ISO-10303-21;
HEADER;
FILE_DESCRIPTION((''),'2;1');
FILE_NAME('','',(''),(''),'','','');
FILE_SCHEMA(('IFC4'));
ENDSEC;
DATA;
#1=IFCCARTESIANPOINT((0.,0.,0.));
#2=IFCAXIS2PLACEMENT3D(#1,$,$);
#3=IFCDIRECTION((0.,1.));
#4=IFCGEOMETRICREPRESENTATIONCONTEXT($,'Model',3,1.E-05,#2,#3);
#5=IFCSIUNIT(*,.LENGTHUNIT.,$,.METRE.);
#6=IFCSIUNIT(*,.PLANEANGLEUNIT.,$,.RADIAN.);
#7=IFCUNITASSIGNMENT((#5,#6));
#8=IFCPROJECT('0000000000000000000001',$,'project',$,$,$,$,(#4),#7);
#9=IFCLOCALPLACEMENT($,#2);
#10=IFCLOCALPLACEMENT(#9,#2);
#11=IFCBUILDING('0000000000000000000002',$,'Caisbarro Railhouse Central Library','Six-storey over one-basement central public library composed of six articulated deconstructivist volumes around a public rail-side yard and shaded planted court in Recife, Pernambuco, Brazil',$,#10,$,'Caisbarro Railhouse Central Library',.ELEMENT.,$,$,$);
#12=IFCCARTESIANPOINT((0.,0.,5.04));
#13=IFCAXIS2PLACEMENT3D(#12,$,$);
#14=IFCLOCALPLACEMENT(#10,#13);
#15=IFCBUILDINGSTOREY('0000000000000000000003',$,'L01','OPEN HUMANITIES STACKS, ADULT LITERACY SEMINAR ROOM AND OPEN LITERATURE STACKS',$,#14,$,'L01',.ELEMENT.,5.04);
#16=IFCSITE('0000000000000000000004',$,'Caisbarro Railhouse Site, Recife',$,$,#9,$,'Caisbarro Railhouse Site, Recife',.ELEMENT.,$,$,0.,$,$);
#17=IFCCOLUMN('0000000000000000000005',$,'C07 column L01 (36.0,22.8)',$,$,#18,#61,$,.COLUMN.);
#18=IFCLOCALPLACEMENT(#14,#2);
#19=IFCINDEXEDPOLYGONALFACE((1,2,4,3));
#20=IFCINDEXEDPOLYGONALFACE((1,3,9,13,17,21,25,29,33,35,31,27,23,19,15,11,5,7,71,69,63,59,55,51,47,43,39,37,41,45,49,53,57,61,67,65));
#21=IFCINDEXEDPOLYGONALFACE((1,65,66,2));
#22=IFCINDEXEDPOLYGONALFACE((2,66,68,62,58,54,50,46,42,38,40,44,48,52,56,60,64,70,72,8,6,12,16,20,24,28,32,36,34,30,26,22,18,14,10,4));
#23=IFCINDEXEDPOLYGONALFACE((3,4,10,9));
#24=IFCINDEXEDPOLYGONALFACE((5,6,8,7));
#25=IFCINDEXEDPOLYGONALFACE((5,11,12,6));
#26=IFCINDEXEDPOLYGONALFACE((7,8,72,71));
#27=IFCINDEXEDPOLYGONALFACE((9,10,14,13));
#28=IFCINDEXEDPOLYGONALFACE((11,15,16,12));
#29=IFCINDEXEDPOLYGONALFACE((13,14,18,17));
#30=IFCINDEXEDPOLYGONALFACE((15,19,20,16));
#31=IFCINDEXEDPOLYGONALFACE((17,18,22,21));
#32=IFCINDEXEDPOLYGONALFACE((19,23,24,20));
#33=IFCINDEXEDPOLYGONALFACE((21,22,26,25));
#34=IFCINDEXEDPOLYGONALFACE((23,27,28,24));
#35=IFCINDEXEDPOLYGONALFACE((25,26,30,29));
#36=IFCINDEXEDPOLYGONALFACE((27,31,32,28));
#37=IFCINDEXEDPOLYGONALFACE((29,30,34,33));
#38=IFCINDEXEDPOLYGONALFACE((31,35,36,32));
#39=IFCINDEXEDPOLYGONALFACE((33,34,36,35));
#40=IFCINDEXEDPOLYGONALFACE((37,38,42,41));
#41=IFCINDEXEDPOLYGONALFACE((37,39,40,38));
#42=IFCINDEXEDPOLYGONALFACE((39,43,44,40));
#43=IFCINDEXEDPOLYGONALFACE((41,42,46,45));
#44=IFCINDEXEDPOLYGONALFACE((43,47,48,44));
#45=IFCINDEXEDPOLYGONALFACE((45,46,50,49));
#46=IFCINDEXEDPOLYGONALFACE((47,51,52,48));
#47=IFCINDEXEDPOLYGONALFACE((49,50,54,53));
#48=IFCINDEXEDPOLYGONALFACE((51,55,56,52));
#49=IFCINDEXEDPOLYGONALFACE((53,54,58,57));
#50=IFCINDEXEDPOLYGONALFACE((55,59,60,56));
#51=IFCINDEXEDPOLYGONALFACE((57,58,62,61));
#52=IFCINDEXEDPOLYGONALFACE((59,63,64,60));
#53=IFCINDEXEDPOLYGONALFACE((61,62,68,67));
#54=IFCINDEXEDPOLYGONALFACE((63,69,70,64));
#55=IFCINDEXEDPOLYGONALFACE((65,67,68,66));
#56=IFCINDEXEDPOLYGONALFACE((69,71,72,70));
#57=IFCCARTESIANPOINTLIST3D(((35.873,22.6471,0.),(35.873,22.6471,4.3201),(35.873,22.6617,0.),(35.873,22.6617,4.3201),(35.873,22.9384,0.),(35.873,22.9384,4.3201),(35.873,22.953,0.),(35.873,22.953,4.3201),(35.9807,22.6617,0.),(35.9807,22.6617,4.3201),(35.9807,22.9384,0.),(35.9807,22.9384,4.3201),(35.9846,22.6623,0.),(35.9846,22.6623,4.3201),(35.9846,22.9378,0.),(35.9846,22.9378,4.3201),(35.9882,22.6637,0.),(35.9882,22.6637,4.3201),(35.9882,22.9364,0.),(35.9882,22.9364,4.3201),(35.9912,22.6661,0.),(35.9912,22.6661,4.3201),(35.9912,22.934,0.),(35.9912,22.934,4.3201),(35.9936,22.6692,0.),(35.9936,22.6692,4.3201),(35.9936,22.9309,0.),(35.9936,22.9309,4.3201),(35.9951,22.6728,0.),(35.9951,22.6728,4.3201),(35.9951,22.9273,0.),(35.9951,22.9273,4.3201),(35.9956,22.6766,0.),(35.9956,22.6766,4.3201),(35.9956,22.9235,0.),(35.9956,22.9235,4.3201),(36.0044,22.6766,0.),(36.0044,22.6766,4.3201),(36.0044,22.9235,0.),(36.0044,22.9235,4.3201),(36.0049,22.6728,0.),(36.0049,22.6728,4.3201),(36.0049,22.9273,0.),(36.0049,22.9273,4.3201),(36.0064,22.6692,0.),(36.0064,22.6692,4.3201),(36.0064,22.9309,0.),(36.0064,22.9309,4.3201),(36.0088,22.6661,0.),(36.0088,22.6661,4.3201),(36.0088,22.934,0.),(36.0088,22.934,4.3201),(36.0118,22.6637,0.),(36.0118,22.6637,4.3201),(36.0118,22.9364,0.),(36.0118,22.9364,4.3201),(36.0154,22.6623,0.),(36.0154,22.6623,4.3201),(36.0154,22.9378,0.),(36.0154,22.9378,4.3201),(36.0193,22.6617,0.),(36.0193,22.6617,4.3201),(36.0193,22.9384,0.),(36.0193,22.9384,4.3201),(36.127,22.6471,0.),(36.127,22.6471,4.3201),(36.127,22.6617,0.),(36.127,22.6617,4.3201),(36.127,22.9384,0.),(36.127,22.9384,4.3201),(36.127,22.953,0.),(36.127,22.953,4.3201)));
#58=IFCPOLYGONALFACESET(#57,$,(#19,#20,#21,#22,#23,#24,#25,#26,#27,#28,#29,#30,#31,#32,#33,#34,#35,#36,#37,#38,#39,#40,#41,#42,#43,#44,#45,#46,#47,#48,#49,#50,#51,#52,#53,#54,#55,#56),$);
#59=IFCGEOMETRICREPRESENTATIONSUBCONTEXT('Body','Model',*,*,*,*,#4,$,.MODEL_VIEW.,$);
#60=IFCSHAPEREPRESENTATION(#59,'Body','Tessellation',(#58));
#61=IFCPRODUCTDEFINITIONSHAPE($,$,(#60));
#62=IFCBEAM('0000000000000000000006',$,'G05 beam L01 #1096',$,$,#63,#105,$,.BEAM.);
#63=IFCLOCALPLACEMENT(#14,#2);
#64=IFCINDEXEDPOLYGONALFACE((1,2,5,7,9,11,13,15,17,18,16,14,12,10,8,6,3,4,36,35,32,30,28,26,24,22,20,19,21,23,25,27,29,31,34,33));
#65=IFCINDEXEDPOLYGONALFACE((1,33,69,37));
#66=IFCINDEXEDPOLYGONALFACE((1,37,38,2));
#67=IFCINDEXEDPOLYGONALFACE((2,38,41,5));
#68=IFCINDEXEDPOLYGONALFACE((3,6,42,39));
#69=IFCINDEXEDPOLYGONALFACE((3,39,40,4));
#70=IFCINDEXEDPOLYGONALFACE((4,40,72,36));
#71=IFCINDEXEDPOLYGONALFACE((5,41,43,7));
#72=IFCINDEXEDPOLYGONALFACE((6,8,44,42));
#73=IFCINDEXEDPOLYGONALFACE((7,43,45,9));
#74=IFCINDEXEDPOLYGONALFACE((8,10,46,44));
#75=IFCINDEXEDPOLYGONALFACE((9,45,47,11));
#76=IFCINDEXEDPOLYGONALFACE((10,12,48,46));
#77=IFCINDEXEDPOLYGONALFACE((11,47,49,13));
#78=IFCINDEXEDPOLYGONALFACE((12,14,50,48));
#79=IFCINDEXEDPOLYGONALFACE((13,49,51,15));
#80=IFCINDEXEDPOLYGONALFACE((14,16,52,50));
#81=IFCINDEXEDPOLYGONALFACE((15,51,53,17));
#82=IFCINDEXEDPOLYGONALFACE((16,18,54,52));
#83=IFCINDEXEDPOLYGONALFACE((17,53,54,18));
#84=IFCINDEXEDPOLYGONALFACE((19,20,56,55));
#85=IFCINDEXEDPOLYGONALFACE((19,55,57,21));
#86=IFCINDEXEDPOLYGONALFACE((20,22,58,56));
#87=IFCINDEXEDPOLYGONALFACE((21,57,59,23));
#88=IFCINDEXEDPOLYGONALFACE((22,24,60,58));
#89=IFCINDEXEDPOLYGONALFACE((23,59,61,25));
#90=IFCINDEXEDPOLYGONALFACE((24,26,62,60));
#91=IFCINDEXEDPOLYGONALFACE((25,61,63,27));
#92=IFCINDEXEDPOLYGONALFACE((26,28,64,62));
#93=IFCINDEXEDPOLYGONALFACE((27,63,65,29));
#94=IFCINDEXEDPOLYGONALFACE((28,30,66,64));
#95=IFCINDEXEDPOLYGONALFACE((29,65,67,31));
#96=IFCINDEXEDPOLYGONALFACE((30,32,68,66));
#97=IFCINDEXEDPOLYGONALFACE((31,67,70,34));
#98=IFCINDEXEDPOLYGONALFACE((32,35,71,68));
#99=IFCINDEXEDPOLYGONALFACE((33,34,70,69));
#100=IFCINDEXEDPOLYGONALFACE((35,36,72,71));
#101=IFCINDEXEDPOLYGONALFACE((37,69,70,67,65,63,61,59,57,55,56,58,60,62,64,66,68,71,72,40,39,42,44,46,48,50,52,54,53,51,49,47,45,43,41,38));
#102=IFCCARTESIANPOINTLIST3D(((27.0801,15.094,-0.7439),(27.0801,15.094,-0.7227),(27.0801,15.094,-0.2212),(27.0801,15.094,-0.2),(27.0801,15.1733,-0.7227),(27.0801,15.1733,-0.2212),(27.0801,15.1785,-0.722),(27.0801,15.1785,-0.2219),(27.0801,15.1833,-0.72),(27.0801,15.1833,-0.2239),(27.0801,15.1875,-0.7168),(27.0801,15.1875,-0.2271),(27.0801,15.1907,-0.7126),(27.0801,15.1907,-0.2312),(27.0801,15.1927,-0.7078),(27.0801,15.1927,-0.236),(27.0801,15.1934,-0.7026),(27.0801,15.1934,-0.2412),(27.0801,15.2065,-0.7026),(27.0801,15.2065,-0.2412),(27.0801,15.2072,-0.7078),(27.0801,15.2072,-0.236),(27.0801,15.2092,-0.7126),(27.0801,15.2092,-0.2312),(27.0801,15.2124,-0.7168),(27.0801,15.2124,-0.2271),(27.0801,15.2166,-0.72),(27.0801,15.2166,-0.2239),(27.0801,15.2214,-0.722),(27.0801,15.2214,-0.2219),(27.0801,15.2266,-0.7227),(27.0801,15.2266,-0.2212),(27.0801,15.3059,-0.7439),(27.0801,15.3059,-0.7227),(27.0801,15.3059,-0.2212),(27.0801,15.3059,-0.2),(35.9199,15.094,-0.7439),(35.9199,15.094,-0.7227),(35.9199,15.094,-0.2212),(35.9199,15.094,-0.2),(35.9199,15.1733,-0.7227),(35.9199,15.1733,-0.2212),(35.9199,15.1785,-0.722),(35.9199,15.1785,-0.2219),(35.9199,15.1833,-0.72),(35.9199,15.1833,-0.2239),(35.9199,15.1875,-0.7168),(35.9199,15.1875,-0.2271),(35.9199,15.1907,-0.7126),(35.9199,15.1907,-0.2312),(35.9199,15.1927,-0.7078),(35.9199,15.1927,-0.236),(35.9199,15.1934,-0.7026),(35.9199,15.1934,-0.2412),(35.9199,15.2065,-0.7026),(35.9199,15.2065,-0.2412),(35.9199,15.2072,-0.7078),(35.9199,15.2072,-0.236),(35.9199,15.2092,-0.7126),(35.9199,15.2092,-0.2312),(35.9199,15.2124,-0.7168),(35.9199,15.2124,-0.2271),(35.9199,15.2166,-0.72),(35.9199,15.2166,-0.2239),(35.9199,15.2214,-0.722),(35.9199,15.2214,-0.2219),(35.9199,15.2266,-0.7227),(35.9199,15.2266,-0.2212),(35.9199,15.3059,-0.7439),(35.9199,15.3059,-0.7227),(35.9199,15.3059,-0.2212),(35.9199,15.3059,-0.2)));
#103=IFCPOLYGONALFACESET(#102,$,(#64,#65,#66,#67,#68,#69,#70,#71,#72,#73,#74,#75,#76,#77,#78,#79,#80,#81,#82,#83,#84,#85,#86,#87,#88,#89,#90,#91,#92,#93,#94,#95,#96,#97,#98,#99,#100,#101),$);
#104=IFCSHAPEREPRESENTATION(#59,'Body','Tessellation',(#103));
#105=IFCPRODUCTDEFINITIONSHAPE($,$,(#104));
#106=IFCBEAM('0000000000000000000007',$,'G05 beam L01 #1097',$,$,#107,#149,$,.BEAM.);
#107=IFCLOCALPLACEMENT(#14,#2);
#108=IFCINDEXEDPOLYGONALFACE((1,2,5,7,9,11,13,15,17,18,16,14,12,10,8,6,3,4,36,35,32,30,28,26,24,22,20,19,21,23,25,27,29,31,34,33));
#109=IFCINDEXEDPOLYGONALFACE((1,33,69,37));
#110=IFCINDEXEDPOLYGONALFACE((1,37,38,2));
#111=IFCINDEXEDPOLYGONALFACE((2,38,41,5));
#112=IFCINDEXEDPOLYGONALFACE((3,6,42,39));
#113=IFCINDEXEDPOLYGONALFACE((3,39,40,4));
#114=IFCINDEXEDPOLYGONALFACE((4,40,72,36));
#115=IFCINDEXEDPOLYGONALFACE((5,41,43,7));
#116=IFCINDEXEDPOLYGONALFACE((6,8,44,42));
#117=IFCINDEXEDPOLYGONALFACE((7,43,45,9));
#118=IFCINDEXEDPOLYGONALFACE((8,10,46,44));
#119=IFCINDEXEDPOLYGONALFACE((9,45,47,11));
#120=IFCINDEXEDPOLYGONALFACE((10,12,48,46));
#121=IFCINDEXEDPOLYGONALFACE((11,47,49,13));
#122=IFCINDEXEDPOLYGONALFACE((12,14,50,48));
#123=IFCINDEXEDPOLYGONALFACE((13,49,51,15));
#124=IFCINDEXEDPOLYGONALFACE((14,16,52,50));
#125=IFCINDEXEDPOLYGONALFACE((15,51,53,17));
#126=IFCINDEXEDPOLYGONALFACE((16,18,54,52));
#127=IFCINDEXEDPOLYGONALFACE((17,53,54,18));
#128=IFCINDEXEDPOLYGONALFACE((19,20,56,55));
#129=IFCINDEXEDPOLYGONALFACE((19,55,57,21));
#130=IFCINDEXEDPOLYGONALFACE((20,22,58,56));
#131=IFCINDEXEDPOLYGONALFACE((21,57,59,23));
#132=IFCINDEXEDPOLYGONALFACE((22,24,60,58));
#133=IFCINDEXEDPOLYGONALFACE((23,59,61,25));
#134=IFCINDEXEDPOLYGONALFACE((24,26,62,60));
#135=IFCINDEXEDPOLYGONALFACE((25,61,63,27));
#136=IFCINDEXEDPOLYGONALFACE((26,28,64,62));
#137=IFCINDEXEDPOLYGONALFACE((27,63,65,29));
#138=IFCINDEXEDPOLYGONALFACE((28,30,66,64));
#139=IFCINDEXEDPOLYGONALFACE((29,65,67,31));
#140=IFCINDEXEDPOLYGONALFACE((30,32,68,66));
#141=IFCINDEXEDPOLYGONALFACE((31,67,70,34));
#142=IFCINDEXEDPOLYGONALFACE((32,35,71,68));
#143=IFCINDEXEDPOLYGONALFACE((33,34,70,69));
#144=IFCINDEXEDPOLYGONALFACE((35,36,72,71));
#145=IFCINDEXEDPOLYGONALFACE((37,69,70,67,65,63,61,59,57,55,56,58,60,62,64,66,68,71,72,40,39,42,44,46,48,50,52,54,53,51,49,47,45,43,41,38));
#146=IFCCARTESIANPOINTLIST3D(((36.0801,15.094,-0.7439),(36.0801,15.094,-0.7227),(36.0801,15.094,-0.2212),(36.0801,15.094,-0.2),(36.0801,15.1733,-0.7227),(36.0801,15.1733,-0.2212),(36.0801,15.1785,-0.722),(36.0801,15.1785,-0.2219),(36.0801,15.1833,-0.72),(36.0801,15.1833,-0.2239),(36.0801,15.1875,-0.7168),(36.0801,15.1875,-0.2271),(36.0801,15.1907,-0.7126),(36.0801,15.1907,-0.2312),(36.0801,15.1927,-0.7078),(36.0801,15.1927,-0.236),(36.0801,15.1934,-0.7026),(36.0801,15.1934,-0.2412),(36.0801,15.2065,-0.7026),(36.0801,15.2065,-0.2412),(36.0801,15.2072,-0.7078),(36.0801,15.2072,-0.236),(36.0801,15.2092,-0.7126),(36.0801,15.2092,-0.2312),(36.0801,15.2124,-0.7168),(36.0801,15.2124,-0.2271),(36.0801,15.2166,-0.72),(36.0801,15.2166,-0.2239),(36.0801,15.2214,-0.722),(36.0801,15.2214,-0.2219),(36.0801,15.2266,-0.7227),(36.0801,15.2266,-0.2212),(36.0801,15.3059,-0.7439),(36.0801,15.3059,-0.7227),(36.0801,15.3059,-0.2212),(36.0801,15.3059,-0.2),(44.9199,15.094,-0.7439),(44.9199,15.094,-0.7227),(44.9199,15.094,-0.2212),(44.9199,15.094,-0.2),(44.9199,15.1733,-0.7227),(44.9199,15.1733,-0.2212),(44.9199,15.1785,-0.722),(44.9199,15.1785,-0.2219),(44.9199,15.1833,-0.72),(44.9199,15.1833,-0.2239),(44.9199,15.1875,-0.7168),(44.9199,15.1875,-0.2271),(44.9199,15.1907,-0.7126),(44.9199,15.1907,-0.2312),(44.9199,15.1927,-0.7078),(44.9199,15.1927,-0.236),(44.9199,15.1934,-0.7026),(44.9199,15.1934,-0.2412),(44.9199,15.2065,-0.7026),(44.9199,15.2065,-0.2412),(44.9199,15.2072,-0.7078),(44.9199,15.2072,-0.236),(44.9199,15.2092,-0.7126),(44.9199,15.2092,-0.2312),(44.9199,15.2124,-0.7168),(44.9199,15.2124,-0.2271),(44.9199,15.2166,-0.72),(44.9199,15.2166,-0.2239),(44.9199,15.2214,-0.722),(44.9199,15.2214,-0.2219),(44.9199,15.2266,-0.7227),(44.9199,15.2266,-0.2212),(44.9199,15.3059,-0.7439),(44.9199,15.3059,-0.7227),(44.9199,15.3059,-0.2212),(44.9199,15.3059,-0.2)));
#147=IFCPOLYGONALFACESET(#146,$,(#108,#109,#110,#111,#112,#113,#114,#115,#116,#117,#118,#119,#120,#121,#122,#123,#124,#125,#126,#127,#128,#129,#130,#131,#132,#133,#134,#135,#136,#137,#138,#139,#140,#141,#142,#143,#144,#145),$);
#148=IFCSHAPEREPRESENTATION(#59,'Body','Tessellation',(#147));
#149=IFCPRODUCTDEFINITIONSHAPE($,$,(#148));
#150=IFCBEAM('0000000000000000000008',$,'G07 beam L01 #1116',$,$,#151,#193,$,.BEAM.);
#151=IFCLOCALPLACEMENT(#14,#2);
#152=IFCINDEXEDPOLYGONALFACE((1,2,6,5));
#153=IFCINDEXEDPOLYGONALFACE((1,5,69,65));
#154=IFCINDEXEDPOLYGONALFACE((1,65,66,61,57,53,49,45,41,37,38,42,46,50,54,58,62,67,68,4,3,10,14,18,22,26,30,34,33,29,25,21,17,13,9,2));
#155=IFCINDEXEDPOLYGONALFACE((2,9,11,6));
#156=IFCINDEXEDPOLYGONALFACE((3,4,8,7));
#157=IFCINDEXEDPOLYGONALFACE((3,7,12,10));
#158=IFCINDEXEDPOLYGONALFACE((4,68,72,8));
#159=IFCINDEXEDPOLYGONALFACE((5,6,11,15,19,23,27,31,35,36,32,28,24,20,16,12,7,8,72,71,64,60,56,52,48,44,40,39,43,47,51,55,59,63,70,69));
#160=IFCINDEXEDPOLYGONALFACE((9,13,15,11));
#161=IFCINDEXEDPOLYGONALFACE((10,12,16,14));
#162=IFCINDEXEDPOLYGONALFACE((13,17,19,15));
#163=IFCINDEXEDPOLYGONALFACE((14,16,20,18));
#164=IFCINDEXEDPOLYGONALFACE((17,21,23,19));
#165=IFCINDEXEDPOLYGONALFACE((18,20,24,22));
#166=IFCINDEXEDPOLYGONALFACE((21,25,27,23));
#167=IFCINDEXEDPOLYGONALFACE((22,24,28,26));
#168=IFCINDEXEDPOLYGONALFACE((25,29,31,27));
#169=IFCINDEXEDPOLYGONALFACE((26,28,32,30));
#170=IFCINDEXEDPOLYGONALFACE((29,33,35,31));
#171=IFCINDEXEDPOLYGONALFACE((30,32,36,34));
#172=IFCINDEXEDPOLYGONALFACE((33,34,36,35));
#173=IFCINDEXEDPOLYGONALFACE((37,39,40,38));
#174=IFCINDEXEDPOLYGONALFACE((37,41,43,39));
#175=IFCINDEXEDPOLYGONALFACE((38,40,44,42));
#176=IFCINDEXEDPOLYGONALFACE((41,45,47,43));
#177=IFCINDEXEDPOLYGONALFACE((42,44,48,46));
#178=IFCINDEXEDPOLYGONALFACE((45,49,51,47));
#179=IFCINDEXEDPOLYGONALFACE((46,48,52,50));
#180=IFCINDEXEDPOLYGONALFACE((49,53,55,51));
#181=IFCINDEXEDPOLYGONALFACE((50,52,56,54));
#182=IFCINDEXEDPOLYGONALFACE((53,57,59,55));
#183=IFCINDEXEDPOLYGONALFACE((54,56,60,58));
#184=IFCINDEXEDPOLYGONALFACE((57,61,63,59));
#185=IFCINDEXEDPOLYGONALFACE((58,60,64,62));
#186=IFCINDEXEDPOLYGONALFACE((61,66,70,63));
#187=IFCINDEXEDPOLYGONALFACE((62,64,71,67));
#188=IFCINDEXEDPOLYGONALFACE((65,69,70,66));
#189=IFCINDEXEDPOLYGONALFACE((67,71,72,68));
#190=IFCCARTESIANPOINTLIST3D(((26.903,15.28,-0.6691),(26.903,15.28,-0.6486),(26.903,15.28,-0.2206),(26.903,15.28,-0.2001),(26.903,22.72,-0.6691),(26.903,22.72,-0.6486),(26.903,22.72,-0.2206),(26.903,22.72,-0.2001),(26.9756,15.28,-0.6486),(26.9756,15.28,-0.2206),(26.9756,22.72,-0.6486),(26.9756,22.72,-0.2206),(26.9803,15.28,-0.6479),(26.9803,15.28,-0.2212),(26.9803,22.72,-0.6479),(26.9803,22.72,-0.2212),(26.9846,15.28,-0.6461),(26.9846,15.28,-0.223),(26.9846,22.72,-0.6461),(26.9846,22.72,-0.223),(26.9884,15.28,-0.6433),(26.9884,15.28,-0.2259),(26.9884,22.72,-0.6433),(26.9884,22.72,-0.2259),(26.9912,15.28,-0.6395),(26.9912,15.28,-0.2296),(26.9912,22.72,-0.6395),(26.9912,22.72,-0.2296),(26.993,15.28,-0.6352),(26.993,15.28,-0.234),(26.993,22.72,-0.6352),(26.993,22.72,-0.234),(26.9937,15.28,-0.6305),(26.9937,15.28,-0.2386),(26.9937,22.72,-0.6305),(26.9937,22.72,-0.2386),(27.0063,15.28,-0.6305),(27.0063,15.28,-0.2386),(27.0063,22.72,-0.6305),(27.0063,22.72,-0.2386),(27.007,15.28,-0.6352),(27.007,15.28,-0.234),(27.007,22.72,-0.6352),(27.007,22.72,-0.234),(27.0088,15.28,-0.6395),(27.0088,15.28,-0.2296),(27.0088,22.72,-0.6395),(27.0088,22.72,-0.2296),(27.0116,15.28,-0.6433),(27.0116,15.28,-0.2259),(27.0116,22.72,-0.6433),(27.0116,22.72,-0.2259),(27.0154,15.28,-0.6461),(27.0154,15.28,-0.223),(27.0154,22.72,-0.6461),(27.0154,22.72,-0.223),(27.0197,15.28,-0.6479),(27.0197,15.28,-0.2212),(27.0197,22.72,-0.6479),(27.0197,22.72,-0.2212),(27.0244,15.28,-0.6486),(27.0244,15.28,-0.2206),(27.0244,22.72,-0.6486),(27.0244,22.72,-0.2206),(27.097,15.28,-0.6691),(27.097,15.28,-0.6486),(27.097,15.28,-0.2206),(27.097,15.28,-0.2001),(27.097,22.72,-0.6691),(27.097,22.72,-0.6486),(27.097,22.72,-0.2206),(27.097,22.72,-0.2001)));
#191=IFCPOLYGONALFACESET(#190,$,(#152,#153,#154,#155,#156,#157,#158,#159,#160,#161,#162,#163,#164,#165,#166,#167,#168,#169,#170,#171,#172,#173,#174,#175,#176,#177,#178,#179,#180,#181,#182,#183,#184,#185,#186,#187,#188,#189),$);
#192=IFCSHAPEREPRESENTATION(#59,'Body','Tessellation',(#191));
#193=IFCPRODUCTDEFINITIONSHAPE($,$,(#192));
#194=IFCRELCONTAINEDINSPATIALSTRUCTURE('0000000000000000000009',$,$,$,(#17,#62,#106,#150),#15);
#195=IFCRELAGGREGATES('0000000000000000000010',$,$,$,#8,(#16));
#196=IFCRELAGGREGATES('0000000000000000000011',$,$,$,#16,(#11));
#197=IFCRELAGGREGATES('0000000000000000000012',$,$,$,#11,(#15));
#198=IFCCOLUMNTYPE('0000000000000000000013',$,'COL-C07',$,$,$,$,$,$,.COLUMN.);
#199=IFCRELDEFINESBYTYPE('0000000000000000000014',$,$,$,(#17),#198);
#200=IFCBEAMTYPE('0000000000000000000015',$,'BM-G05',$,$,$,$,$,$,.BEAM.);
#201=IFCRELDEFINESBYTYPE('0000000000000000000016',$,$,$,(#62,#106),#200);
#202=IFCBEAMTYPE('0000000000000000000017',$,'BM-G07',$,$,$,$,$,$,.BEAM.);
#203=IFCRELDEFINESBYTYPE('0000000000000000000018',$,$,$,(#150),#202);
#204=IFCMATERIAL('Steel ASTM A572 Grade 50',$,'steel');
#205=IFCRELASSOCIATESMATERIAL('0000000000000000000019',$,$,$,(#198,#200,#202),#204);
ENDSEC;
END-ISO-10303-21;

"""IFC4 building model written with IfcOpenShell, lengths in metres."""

from ifc_helpers import new_model, si_unit, direction, frame, origin, origin_2d, place, context, subcontext, project, spatial, i_section, extrude, material, material_profile, profile_set, type_object, element, save


model = new_model("IFC4")

# Units and contexts
model_context = context("Model", 3, precision=1e-05, world=origin(), true_north=direction((0.0, 1.0)))
body_context = subcontext(model_context, "Body", "Model", "MODEL_VIEW")
ifc_project = project(units=[si_unit("LENGTHUNIT", "METRE"), si_unit("PLANEANGLEUNIT", "RADIAN")], contexts=[model_context])

# Site, building, storey
site_placement = place(None, origin())
site = spatial("IfcSite", under=ifc_project, at=site_placement, Name="Caisbarro Railhouse Site, Recife", LongName="Caisbarro Railhouse Site, Recife", CompositionType="ELEMENT", RefElevation=0.0)
building_placement = place(site_placement, origin())
building = spatial("IfcBuilding", under=site, at=building_placement, Name="Caisbarro Railhouse Central Library", Description="Six-storey over one-basement central public library composed of six articulated deconstructivist volumes around a public rail-side yard and shaded planted court in Recife, Pernambuco, Brazil", LongName="Caisbarro Railhouse Central Library", CompositionType="ELEMENT")
storey_placement = place(building_placement, frame((0.0, 0.0, 5.04)))
storey = spatial("IfcBuildingStorey", under=building, at=storey_placement, Name="L01", Description="OPEN HUMANITIES STACKS, ADULT LITERACY SEMINAR ROOM AND OPEN LITERATURE STACKS", LongName="L01", CompositionType="ELEMENT", Elevation=5.04)

# Column
ifc_material_1 = material(Name="Steel ASTM A572 Grade 50", Category="steel")
ifc_material_profile_1 = material_profile(ifc_material_1, i_section(OverallWidth=0.2539, OverallDepth=0.3059, WebThickness=0.0088, FlangeThickness=0.0146, FilletRadius=0.0149, at=origin_2d()), Name="W310X79.0")
ifc_profile_set_1 = profile_set([ifc_material_profile_1], Name="Steel ASTM A572 Grade 50")
column_type_1 = type_object("IfcColumnType", Name="COL-C07", PredefinedType="COLUMN", material=ifc_profile_set_1)
for number, where, z_axis, x_axis, name in (
    (1, (36.0, 22.8, 0.0), (0.0, 0.0, 1.0), (1.0, 0.0, 0.0), "C07 column L01 (36.0,22.8)"),
):
    element("IfcColumn", number, at=place(storey_placement, frame(where, z_axis=z_axis, x_axis=x_axis)), inside=storey, type_object=column_type_1, Name=name, PredefinedType="COLUMN", context=body_context, shape_type="SweptSolid", body=[
        extrude(i_section(OverallWidth=0.2539, OverallDepth=0.3059, WebThickness=0.0088, FlangeThickness=0.0146, FilletRadius=0.0149, at=origin_2d()), origin(), (0.0, 0.0, 1.0), 4.3201),
    ])

# Beams
ifc_material_profile_2 = material_profile(ifc_material_1, i_section(OverallWidth=0.2119, OverallDepth=0.5439, WebThickness=0.0132, FlangeThickness=0.0212, FilletRadius=0.02, at=origin_2d()), Name="W530X123.0")
ifc_profile_set_2 = profile_set([ifc_material_profile_2], Name="Steel ASTM A572 Grade 50")
beam_type_1 = type_object("IfcBeamType", Name="BM-G05", PredefinedType="BEAM", material=ifc_profile_set_2)
for number, where, z_axis, x_axis, name in (
    (2, (27.0801, 15.2, -0.4719), (1.0, 0.0, 0.0), (0.0, 1.0, 0.0), "G05 beam L01 #1096"),
    (3, (36.0801, 15.2, -0.4719), (1.0, 0.0, 0.0), (0.0, 1.0, 0.0), "G05 beam L01 #1097"),
):
    element("IfcBeam", number, at=place(storey_placement, frame(where, z_axis=z_axis, x_axis=x_axis)), inside=storey, type_object=beam_type_1, Name=name, PredefinedType="BEAM", context=body_context, shape_type="SweptSolid", body=[
        extrude(i_section(OverallWidth=0.2119, OverallDepth=0.5439, WebThickness=0.0132, FlangeThickness=0.0212, FilletRadius=0.02, at=origin_2d()), origin(), (0.0, 0.0, 1.0), 8.8398),
    ])
ifc_material_profile_3 = material_profile(ifc_material_1, i_section(OverallWidth=0.1941, OverallDepth=0.469, WebThickness=0.0127, FlangeThickness=0.0205, FilletRadius=0.0181, at=origin_2d()), Name="W460X106.0")
ifc_profile_set_3 = profile_set([ifc_material_profile_3], Name="Steel ASTM A572 Grade 50")
beam_type_2 = type_object("IfcBeamType", Name="BM-G07", PredefinedType="BEAM", material=ifc_profile_set_3)
for number, where, z_axis, x_axis, name in (
    (4, (27.0, 15.28, -0.4346), (0.0, 1.0, 0.0), (-1.0, 0.0, 0.0), "G07 beam L01 #1116"),
):
    element("IfcBeam", number, at=place(storey_placement, frame(where, z_axis=z_axis, x_axis=x_axis)), inside=storey, type_object=beam_type_2, Name=name, PredefinedType="BEAM", context=body_context, shape_type="SweptSolid", body=[
        extrude(i_section(OverallWidth=0.1941, OverallDepth=0.469, WebThickness=0.0127, FlangeThickness=0.0205, FilletRadius=0.0181, at=origin_2d()), origin(), (0.0, 0.0, 1.0), 7.4399),
    ])

save(model, "model.ifc")
